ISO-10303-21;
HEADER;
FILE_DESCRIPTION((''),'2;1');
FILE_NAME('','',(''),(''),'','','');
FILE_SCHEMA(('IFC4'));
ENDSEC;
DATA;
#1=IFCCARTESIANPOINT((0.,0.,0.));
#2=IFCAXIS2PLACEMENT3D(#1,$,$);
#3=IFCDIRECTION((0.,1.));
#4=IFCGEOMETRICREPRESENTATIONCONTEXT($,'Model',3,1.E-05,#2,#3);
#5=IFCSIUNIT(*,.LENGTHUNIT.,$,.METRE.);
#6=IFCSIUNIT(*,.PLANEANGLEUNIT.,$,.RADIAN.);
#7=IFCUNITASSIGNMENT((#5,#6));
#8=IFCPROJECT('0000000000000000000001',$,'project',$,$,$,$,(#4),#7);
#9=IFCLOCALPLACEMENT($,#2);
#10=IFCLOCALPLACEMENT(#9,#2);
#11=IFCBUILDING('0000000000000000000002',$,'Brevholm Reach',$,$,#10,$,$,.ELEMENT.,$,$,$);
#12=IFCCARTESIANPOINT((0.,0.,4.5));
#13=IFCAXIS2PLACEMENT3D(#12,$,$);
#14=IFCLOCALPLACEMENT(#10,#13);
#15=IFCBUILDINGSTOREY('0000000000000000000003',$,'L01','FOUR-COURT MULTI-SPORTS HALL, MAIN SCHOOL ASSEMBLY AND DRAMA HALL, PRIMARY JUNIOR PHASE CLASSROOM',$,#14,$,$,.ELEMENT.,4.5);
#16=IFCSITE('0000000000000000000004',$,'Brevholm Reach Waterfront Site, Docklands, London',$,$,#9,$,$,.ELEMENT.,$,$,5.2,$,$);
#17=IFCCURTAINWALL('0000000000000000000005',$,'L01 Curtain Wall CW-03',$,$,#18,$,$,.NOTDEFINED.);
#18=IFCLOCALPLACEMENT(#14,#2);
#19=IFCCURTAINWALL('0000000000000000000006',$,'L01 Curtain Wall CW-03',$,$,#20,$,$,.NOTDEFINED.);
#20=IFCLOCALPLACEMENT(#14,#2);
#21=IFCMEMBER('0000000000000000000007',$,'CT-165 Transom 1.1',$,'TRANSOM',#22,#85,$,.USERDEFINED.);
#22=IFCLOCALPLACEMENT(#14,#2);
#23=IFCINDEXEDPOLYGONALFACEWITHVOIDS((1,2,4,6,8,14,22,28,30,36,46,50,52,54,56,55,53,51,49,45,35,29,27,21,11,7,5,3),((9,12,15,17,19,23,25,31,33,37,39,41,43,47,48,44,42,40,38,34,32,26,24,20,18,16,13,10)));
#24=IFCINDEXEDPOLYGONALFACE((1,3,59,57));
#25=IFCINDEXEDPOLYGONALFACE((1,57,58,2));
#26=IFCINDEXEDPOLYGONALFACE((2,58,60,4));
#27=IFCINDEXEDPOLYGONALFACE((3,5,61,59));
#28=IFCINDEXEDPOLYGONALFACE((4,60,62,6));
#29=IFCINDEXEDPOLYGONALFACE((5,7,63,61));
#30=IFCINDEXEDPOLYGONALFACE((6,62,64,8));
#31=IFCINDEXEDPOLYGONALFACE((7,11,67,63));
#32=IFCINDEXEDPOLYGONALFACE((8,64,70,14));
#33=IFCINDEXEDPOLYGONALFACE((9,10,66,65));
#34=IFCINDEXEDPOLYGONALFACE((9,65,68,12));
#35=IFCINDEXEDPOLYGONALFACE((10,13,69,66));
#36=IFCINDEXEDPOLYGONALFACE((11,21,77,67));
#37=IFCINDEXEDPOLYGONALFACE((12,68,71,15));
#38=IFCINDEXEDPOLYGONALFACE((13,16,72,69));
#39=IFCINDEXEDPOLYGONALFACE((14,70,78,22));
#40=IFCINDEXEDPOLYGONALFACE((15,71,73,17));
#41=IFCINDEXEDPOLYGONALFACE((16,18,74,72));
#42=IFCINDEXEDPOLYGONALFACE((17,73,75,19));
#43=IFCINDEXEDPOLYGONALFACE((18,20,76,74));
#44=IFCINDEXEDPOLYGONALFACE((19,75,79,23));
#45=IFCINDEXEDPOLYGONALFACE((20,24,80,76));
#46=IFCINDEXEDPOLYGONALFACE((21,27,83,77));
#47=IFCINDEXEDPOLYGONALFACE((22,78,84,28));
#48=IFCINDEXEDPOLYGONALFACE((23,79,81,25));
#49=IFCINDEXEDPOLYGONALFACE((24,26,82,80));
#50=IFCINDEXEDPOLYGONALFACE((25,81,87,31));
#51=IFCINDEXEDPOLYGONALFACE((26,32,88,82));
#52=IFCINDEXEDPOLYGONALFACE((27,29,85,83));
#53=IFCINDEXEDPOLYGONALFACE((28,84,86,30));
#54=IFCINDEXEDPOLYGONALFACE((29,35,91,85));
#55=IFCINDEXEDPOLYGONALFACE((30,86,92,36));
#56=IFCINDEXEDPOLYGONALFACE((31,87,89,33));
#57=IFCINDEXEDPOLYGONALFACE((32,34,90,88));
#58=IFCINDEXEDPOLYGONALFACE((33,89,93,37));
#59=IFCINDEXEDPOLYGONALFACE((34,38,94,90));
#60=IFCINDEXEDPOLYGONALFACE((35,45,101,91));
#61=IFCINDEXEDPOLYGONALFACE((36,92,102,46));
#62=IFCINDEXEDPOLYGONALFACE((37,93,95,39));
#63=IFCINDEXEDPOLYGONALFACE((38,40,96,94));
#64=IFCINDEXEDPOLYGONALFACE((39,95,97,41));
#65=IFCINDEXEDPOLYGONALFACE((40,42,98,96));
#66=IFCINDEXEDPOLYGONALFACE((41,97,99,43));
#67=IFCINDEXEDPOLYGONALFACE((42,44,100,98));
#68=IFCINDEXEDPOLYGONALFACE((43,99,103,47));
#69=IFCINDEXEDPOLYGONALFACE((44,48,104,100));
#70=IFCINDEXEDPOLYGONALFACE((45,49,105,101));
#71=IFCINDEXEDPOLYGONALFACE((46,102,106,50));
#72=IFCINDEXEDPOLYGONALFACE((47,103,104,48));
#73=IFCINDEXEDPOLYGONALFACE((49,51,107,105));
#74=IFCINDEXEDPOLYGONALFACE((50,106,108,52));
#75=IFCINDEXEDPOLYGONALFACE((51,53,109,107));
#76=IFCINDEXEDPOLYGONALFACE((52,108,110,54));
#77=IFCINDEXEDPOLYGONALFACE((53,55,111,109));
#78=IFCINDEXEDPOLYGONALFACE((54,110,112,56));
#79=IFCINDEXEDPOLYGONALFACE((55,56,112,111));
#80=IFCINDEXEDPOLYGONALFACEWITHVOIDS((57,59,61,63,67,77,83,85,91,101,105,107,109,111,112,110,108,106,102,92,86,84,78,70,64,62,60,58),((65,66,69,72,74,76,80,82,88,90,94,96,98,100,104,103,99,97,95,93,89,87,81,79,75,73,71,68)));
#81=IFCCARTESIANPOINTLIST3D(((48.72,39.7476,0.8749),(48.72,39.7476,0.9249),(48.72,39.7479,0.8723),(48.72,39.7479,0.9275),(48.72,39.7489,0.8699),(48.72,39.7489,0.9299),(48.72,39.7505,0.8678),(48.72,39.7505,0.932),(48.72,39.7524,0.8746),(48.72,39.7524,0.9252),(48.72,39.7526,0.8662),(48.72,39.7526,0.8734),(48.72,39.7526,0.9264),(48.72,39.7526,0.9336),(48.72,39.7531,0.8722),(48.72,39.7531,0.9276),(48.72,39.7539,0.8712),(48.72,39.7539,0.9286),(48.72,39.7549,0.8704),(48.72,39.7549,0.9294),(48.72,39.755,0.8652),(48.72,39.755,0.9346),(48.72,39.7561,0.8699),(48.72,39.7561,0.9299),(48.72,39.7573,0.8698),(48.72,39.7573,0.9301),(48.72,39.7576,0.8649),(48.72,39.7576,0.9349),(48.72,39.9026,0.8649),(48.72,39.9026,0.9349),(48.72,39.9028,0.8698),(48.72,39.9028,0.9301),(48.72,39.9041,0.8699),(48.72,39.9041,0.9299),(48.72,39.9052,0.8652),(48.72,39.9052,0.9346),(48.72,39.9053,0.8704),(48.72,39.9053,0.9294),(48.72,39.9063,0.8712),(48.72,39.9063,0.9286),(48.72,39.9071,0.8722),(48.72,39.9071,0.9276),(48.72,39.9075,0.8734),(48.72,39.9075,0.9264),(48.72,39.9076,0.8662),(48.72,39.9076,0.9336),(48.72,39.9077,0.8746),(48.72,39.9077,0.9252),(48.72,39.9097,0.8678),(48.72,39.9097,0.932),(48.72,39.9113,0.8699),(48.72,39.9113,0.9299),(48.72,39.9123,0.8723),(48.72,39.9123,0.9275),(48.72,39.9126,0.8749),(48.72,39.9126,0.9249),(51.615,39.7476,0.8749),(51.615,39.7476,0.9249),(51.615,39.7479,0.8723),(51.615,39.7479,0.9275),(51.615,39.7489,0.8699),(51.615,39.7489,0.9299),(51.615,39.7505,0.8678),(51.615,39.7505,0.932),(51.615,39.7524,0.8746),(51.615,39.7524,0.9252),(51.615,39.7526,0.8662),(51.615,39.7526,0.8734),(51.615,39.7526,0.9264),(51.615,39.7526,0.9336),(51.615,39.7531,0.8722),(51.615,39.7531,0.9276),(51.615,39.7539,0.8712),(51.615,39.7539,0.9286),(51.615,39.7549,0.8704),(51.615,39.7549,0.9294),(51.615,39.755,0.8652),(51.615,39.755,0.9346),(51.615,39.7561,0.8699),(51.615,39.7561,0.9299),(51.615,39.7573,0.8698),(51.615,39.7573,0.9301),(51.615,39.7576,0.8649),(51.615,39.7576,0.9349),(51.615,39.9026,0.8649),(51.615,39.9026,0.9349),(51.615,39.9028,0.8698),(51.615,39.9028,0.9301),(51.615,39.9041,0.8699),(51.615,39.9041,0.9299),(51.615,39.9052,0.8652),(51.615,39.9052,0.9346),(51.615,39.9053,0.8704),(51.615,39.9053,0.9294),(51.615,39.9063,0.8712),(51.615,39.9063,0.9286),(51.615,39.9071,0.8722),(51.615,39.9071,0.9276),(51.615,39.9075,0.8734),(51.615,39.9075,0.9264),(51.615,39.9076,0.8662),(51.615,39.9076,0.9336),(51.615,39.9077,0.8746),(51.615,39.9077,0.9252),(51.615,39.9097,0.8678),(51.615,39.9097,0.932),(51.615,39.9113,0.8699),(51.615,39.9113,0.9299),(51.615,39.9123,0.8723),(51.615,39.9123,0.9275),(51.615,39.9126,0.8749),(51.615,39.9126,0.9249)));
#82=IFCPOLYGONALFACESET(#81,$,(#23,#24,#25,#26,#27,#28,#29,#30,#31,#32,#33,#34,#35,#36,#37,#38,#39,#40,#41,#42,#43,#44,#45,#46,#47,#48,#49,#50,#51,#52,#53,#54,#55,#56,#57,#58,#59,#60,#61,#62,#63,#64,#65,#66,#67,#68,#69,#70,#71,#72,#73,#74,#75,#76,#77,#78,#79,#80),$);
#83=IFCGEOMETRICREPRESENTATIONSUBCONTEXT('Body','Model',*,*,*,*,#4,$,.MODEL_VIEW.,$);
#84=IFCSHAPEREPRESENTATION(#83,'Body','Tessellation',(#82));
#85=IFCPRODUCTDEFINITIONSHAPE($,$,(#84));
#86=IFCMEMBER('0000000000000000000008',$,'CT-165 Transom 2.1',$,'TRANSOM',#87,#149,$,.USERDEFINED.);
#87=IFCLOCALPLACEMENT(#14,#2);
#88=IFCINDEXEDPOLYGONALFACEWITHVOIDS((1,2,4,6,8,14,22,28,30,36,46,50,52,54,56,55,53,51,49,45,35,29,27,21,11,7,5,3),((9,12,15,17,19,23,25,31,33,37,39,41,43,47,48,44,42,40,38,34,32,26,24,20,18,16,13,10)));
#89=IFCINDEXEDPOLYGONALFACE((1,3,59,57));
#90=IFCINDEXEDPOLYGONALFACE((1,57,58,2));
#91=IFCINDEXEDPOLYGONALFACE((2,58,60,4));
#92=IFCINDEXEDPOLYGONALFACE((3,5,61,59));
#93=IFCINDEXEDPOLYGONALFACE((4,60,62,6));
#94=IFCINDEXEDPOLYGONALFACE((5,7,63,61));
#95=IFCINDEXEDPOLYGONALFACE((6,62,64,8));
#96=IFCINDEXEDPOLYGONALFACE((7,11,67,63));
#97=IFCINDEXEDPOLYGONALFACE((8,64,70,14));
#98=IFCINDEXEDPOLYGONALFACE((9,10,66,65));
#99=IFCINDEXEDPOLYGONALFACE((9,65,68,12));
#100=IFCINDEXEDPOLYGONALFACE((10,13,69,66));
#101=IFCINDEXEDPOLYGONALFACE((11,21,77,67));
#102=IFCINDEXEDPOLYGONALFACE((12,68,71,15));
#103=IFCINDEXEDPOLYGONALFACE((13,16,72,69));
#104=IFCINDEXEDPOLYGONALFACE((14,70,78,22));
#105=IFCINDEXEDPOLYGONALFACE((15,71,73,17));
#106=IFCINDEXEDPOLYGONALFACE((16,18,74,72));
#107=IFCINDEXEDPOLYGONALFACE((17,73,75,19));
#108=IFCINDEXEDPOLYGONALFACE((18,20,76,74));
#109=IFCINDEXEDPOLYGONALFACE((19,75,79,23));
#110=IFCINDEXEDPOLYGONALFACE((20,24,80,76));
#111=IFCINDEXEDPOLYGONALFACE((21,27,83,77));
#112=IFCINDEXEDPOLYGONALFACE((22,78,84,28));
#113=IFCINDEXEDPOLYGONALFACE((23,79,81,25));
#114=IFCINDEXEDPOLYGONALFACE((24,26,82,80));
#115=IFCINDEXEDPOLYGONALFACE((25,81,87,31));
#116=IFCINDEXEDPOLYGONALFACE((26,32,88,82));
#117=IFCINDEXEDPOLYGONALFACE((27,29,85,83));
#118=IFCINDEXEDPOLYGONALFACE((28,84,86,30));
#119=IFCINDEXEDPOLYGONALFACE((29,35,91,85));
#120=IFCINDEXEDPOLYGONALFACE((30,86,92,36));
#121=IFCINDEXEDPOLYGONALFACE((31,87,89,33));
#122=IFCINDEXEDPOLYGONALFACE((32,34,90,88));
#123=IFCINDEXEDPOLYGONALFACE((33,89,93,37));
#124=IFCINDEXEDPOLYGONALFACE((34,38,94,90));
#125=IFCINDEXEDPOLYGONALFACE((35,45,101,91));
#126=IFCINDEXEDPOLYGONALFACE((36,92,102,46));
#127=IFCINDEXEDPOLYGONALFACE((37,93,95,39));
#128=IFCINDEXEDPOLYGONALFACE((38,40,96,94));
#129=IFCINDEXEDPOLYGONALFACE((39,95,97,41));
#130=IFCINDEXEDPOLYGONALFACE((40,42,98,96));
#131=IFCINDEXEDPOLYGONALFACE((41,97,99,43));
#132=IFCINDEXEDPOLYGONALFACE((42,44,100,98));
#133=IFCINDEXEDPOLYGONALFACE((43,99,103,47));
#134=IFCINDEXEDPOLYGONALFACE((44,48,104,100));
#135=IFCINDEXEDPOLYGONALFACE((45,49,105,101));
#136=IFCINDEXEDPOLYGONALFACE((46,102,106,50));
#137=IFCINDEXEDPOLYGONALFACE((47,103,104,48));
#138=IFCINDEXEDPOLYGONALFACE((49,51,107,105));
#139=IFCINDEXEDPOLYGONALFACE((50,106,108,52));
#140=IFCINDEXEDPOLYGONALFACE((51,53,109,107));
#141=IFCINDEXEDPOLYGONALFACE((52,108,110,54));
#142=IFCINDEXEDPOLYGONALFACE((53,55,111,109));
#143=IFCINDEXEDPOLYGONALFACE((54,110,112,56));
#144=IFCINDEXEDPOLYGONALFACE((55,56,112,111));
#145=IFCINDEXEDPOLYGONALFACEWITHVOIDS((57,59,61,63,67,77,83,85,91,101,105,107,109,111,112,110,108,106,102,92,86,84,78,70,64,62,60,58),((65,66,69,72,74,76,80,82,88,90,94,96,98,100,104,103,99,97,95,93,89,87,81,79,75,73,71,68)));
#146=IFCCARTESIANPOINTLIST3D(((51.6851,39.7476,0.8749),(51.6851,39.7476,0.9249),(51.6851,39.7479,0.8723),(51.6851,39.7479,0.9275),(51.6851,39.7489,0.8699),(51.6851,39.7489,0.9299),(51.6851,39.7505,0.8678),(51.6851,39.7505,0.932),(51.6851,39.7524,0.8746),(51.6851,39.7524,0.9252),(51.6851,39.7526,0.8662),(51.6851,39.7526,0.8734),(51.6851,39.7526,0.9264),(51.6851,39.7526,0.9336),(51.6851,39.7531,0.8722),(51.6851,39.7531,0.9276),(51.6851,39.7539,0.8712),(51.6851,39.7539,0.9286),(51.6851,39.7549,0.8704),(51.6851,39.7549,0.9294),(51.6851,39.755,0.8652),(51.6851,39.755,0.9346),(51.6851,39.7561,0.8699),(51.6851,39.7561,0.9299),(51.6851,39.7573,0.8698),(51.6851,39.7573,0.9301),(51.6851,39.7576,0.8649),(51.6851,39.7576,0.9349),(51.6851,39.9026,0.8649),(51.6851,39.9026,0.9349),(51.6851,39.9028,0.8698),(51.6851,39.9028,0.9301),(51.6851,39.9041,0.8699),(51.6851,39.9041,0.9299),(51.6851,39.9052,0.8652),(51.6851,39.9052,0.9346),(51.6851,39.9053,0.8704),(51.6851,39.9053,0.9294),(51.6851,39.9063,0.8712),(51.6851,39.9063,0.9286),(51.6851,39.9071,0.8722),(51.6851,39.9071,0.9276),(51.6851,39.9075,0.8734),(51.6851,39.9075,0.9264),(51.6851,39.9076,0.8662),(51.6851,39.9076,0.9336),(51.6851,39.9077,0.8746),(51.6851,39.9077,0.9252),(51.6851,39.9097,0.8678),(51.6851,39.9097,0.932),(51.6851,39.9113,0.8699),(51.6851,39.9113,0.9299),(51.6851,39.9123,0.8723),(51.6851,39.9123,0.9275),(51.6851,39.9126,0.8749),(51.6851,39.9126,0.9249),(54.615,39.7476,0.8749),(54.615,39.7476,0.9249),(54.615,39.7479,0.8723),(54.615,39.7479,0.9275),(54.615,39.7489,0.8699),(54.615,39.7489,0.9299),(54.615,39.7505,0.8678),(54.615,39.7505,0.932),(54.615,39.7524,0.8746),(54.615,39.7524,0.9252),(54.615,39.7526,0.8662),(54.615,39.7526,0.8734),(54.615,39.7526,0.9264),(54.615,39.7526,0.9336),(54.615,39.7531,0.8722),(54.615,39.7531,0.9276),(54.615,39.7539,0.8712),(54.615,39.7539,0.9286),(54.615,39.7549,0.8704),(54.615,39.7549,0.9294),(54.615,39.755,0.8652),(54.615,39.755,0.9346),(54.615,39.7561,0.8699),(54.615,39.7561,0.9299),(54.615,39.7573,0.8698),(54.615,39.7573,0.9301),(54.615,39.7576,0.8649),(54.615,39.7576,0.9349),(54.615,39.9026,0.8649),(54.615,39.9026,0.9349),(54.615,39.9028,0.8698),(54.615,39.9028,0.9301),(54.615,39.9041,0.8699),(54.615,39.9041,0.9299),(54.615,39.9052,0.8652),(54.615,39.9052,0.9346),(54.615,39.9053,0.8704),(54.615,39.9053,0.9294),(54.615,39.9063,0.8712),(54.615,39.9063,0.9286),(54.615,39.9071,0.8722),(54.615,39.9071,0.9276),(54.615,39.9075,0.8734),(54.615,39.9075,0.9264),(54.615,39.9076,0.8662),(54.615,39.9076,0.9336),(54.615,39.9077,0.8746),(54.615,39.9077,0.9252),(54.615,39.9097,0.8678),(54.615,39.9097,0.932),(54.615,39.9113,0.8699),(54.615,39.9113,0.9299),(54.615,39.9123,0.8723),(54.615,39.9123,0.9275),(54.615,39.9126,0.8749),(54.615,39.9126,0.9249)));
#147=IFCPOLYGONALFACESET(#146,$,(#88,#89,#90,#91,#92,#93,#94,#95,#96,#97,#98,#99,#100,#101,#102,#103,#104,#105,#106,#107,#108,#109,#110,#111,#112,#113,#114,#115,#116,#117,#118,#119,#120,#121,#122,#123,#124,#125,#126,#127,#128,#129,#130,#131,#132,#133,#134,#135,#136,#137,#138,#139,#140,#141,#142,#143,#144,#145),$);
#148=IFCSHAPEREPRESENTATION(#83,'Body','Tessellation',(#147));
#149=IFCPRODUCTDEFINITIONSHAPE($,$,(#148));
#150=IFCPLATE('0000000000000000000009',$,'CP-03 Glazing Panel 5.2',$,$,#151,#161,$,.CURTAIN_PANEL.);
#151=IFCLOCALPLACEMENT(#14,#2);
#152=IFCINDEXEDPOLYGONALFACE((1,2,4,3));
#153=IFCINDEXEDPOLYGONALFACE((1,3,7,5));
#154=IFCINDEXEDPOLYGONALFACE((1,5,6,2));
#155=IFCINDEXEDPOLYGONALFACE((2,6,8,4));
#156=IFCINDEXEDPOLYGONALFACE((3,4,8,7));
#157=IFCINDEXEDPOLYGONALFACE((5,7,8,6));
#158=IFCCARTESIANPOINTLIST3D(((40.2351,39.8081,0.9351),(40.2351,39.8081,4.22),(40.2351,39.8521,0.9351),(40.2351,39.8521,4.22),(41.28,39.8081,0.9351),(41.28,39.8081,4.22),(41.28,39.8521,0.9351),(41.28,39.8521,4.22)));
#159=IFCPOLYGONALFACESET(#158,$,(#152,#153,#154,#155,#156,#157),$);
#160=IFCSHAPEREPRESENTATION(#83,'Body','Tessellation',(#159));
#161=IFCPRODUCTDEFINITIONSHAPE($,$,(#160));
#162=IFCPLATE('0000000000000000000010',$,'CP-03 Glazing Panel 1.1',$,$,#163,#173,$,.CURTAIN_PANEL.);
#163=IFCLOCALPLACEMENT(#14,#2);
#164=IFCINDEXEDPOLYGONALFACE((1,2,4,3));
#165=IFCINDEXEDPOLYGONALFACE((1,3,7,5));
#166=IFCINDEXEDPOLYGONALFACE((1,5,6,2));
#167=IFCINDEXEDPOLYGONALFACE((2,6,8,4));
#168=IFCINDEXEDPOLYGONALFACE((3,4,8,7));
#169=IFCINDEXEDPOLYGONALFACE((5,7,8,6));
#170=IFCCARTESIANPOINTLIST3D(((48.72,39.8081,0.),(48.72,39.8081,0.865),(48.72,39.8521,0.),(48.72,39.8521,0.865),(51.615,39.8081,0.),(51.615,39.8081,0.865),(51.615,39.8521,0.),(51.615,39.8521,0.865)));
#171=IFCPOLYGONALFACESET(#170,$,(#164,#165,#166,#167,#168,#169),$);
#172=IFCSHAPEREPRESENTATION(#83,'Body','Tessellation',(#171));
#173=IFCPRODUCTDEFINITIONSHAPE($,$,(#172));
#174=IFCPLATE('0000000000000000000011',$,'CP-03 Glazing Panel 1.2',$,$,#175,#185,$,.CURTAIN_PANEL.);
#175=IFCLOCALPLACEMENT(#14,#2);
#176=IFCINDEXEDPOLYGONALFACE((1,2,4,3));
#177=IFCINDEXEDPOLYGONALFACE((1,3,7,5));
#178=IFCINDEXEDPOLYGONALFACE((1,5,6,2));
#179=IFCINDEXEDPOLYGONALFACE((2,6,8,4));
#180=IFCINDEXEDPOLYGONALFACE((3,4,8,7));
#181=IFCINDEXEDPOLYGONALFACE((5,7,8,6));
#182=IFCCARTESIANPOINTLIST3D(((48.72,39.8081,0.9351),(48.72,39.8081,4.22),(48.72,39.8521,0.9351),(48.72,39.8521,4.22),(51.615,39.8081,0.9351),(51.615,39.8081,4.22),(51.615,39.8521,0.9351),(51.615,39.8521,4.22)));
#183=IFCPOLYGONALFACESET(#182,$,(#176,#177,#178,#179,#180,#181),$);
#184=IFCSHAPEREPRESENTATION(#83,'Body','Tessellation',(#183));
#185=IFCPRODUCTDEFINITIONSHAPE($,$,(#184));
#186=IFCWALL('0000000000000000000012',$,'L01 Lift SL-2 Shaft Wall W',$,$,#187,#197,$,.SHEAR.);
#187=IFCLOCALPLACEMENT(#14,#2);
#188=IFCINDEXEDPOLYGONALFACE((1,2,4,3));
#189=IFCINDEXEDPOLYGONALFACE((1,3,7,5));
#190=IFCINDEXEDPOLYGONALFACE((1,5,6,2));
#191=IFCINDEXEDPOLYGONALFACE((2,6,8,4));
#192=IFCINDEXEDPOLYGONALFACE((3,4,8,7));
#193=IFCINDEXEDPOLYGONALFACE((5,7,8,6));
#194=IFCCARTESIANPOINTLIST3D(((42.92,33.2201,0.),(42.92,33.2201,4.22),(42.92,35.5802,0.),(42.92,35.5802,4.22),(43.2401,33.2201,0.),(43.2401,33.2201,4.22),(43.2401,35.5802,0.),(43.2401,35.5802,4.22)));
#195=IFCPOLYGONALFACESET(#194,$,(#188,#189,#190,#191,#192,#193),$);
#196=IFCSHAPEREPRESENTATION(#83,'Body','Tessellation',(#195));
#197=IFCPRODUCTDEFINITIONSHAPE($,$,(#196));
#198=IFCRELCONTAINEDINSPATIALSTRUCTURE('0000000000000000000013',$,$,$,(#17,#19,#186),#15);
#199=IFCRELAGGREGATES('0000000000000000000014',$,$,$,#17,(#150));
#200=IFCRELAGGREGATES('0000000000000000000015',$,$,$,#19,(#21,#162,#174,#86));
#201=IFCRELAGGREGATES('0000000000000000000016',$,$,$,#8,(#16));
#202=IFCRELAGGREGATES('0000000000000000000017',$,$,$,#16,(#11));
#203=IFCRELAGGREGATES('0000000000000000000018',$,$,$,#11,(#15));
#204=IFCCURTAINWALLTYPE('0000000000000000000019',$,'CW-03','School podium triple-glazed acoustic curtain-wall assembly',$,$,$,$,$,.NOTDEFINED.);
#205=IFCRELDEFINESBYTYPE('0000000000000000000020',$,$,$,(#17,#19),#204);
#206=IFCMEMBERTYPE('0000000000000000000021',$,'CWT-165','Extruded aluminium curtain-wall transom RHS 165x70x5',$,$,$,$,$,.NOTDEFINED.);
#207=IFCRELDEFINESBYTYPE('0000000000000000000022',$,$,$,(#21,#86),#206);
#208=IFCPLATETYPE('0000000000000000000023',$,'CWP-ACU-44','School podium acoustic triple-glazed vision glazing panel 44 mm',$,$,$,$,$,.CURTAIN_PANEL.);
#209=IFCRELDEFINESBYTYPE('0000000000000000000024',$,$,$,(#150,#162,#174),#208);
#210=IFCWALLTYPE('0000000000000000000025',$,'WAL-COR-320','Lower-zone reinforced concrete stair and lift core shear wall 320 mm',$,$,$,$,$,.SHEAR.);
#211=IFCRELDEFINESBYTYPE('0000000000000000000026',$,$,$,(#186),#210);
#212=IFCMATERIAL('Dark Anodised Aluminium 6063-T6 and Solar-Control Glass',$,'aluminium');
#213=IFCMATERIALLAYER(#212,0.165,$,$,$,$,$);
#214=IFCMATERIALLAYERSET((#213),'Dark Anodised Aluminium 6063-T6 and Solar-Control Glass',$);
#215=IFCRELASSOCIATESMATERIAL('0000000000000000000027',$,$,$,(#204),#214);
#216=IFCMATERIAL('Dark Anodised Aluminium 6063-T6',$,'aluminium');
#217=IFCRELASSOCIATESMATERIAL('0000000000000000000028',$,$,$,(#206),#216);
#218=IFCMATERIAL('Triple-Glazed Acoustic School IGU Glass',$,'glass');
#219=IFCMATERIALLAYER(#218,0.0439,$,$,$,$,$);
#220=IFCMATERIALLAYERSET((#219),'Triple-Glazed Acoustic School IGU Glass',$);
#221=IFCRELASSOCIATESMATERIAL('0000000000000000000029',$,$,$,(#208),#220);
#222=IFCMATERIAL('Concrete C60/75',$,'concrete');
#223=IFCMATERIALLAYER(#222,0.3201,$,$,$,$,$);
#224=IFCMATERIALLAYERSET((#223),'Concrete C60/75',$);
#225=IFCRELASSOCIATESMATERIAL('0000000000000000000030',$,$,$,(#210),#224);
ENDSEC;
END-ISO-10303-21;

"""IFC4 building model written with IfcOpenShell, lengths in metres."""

from ifc_helpers import new_model, si_unit, direction, frame, frame_2d, origin, origin_2d, place, context, subcontext, project, spatial, rectangle, hollow_rectangle, extrude, material, layer, layer_set, material_profile, profile_set, type_object, element, aggregate, save


model = new_model("IFC4")

# Units and contexts
model_context = context("Model", 3, precision=1e-05, world=origin(), true_north=direction((0.0, 1.0)))
body_context = subcontext(model_context, "Body", "Model", "MODEL_VIEW")
ifc_project = project(units=[si_unit("LENGTHUNIT", "METRE"), si_unit("PLANEANGLEUNIT", "RADIAN")], contexts=[model_context])

# Site, building, storey
site_placement = place(None, origin())
site = spatial("IfcSite", under=ifc_project, at=site_placement, Name="Brevholm Reach Waterfront Site, Docklands, London", CompositionType="ELEMENT", RefElevation=5.2)
building_placement = place(site_placement, origin())
building = spatial("IfcBuilding", under=site, at=building_placement, Name="Brevholm Reach", CompositionType="ELEMENT")
storey_placement = place(building_placement, frame((0.0, 0.0, 4.5)))
storey = spatial("IfcBuildingStorey", under=building, at=storey_placement, Name="L01", Description="FOUR-COURT MULTI-SPORTS HALL, MAIN SCHOOL ASSEMBLY AND DRAMA HALL, PRIMARY JUNIOR PHASE CLASSROOM", CompositionType="ELEMENT", Elevation=4.5)

# Curtain wall
ifc_material_1 = material(Name="Dark Anodised Aluminium 6063-T6 and Solar-Control Glass", Category="aluminium")
ifc_layer_1 = layer(ifc_material_1, 0.165)
ifc_layer_set_1 = layer_set([ifc_layer_1], Name="Dark Anodised Aluminium 6063-T6 and Solar-Control Glass")
curtain_wall_type = type_object("IfcCurtainWallType", Name="CW-03", Description="School podium triple-glazed acoustic curtain-wall assembly", PredefinedType="NOTDEFINED", material=ifc_layer_set_1)
curtain_wall_1_placement = place(storey_placement, origin())
curtain_wall_1 = element("IfcCurtainWall", 1, at=curtain_wall_1_placement, inside=storey, type_object=curtain_wall_type, Name="L01 Curtain Wall CW-03", PredefinedType="NOTDEFINED")

# Curtain wall, members
curtain_wall_2_placement = place(storey_placement, origin())
curtain_wall_2 = element("IfcCurtainWall", 2, at=curtain_wall_2_placement, inside=storey, type_object=curtain_wall_type, Name="L01 Curtain Wall CW-03", PredefinedType="NOTDEFINED")
ifc_material_2 = material(Name="Dark Anodised Aluminium 6063-T6", Category="aluminium")
ifc_material_profile_1 = material_profile(ifc_material_2, hollow_rectangle(XDim=0.0701, YDim=0.165, WallThickness=0.0049, InnerFilletRadius=0.0049, OuterFilletRadius=0.01, at=origin_2d()), Name="RHS 165x70x5")
ifc_profile_set_1 = profile_set([ifc_material_profile_1], Name="Dark Anodised Aluminium 6063-T6")
member_type_1 = type_object("IfcMemberType", Name="CWT-165", Description="Extruded aluminium curtain-wall transom RHS 165x70x5", PredefinedType="NOTDEFINED", material=ifc_profile_set_1)
member_1_placement = place(storey_placement, frame((48.72, 39.8301, 0.8999), z_axis=(1.0, 0.0, 0.0), x_axis=(0.0, 0.0, 1.0)))
member_1 = element("IfcMember", 3, at=member_1_placement, type_object=member_type_1, Name="CT-165 Transom 1.1", ObjectType="TRANSOM", PredefinedType="USERDEFINED", context=body_context, shape_type="SweptSolid", body=[
    extrude(hollow_rectangle(XDim=0.0701, YDim=0.165, WallThickness=0.0049, InnerFilletRadius=0.0049, OuterFilletRadius=0.01, at=origin_2d()), origin(), (0.0, 0.0, 1.0), 2.895),
])
member_2_placement = place(storey_placement, frame((51.6851, 39.8301, 0.8999), z_axis=(1.0, 0.0, 0.0), x_axis=(0.0, 0.0, 1.0)))
member_2 = element("IfcMember", 4, at=member_2_placement, type_object=member_type_1, Name="CT-165 Transom 2.1", ObjectType="TRANSOM", PredefinedType="USERDEFINED", context=body_context, shape_type="SweptSolid", body=[
    extrude(hollow_rectangle(XDim=0.0701, YDim=0.165, WallThickness=0.0049, InnerFilletRadius=0.0049, OuterFilletRadius=0.01, at=origin_2d()), origin(), (0.0, 0.0, 1.0), 2.9299),
])

# Plates
ifc_material_3 = material(Name="Triple-Glazed Acoustic School IGU Glass", Category="glass")
ifc_layer_2 = layer(ifc_material_3, 0.0439)
ifc_layer_set_2 = layer_set([ifc_layer_2], Name="Triple-Glazed Acoustic School IGU Glass")
plate_type = type_object("IfcPlateType", Name="CWP-ACU-44", Description="School podium acoustic triple-glazed vision glazing panel 44 mm", PredefinedType="CURTAIN_PANEL", material=ifc_layer_set_2)
plate_1_placement = place(storey_placement, frame((40.7576, 39.8301, 0.9351), z_axis=(0.0, 0.0, 1.0), x_axis=(1.0, 0.0, 0.0)))
plate_1 = element("IfcPlate", 5, at=plate_1_placement, type_object=plate_type, Name="CP-03 Glazing Panel 5.2", PredefinedType="CURTAIN_PANEL", context=body_context, shape_type="SweptSolid", body=[
    extrude(rectangle(XDim=1.0449, YDim=0.0439, at=origin_2d()), origin(), (0.0, 0.0, 1.0), 3.2849),
])
aggregate(curtain_wall_1, [plate_1])
plate_2_placement = place(storey_placement, frame((50.1675, 39.8301, 0.0), z_axis=(0.0, 0.0, 1.0), x_axis=(1.0, 0.0, 0.0)))
plate_2 = element("IfcPlate", 6, at=plate_2_placement, type_object=plate_type, Name="CP-03 Glazing Panel 1.1", PredefinedType="CURTAIN_PANEL", context=body_context, shape_type="SweptSolid", body=[
    extrude(rectangle(XDim=2.895, YDim=0.0439, at=origin_2d()), origin(), (0.0, 0.0, 1.0), 0.865),
])
plate_3_placement = place(storey_placement, frame((50.1675, 39.8301, 0.9351), z_axis=(0.0, 0.0, 1.0), x_axis=(1.0, 0.0, 0.0)))
plate_3 = element("IfcPlate", 7, at=plate_3_placement, type_object=plate_type, Name="CP-03 Glazing Panel 1.2", PredefinedType="CURTAIN_PANEL", context=body_context, shape_type="SweptSolid", body=[
    extrude(rectangle(XDim=2.895, YDim=0.0439, at=origin_2d()), origin(), (0.0, 0.0, 1.0), 3.2849),
])
aggregate(curtain_wall_2, [member_1, plate_2, plate_3, member_2])

# Wall
ifc_material_4 = material(Name="Concrete C60/75", Category="concrete")
ifc_layer_3 = layer(ifc_material_4, 0.3201)
ifc_layer_set_3 = layer_set([ifc_layer_3], Name="Concrete C60/75")
wall_type_1 = type_object("IfcWallType", Name="WAL-COR-320", Description="Lower-zone reinforced concrete stair and lift core shear wall 320 mm", PredefinedType="SHEAR", material=ifc_layer_set_3)
for number, where, z_axis, x_axis, name in (
    (8, (43.0801, 33.22, 0.0), (0.0, 0.0, 1.0), (0.0, 1.0, 0.0), "L01 Lift SL-2 Shaft Wall W"),
):
    element("IfcWall", number, at=place(storey_placement, frame(where, z_axis=z_axis, x_axis=x_axis)), inside=storey, type_object=wall_type_1, Name=name, PredefinedType="SHEAR", context=body_context, shape_type="SweptSolid", body=[
        extrude(rectangle(XDim=2.3601, YDim=0.3201, at=frame_2d((1.1802, 0.0))), origin(), (0.0, 0.0, 1.0), 4.22),
    ])

save(model, "model.ifc")
